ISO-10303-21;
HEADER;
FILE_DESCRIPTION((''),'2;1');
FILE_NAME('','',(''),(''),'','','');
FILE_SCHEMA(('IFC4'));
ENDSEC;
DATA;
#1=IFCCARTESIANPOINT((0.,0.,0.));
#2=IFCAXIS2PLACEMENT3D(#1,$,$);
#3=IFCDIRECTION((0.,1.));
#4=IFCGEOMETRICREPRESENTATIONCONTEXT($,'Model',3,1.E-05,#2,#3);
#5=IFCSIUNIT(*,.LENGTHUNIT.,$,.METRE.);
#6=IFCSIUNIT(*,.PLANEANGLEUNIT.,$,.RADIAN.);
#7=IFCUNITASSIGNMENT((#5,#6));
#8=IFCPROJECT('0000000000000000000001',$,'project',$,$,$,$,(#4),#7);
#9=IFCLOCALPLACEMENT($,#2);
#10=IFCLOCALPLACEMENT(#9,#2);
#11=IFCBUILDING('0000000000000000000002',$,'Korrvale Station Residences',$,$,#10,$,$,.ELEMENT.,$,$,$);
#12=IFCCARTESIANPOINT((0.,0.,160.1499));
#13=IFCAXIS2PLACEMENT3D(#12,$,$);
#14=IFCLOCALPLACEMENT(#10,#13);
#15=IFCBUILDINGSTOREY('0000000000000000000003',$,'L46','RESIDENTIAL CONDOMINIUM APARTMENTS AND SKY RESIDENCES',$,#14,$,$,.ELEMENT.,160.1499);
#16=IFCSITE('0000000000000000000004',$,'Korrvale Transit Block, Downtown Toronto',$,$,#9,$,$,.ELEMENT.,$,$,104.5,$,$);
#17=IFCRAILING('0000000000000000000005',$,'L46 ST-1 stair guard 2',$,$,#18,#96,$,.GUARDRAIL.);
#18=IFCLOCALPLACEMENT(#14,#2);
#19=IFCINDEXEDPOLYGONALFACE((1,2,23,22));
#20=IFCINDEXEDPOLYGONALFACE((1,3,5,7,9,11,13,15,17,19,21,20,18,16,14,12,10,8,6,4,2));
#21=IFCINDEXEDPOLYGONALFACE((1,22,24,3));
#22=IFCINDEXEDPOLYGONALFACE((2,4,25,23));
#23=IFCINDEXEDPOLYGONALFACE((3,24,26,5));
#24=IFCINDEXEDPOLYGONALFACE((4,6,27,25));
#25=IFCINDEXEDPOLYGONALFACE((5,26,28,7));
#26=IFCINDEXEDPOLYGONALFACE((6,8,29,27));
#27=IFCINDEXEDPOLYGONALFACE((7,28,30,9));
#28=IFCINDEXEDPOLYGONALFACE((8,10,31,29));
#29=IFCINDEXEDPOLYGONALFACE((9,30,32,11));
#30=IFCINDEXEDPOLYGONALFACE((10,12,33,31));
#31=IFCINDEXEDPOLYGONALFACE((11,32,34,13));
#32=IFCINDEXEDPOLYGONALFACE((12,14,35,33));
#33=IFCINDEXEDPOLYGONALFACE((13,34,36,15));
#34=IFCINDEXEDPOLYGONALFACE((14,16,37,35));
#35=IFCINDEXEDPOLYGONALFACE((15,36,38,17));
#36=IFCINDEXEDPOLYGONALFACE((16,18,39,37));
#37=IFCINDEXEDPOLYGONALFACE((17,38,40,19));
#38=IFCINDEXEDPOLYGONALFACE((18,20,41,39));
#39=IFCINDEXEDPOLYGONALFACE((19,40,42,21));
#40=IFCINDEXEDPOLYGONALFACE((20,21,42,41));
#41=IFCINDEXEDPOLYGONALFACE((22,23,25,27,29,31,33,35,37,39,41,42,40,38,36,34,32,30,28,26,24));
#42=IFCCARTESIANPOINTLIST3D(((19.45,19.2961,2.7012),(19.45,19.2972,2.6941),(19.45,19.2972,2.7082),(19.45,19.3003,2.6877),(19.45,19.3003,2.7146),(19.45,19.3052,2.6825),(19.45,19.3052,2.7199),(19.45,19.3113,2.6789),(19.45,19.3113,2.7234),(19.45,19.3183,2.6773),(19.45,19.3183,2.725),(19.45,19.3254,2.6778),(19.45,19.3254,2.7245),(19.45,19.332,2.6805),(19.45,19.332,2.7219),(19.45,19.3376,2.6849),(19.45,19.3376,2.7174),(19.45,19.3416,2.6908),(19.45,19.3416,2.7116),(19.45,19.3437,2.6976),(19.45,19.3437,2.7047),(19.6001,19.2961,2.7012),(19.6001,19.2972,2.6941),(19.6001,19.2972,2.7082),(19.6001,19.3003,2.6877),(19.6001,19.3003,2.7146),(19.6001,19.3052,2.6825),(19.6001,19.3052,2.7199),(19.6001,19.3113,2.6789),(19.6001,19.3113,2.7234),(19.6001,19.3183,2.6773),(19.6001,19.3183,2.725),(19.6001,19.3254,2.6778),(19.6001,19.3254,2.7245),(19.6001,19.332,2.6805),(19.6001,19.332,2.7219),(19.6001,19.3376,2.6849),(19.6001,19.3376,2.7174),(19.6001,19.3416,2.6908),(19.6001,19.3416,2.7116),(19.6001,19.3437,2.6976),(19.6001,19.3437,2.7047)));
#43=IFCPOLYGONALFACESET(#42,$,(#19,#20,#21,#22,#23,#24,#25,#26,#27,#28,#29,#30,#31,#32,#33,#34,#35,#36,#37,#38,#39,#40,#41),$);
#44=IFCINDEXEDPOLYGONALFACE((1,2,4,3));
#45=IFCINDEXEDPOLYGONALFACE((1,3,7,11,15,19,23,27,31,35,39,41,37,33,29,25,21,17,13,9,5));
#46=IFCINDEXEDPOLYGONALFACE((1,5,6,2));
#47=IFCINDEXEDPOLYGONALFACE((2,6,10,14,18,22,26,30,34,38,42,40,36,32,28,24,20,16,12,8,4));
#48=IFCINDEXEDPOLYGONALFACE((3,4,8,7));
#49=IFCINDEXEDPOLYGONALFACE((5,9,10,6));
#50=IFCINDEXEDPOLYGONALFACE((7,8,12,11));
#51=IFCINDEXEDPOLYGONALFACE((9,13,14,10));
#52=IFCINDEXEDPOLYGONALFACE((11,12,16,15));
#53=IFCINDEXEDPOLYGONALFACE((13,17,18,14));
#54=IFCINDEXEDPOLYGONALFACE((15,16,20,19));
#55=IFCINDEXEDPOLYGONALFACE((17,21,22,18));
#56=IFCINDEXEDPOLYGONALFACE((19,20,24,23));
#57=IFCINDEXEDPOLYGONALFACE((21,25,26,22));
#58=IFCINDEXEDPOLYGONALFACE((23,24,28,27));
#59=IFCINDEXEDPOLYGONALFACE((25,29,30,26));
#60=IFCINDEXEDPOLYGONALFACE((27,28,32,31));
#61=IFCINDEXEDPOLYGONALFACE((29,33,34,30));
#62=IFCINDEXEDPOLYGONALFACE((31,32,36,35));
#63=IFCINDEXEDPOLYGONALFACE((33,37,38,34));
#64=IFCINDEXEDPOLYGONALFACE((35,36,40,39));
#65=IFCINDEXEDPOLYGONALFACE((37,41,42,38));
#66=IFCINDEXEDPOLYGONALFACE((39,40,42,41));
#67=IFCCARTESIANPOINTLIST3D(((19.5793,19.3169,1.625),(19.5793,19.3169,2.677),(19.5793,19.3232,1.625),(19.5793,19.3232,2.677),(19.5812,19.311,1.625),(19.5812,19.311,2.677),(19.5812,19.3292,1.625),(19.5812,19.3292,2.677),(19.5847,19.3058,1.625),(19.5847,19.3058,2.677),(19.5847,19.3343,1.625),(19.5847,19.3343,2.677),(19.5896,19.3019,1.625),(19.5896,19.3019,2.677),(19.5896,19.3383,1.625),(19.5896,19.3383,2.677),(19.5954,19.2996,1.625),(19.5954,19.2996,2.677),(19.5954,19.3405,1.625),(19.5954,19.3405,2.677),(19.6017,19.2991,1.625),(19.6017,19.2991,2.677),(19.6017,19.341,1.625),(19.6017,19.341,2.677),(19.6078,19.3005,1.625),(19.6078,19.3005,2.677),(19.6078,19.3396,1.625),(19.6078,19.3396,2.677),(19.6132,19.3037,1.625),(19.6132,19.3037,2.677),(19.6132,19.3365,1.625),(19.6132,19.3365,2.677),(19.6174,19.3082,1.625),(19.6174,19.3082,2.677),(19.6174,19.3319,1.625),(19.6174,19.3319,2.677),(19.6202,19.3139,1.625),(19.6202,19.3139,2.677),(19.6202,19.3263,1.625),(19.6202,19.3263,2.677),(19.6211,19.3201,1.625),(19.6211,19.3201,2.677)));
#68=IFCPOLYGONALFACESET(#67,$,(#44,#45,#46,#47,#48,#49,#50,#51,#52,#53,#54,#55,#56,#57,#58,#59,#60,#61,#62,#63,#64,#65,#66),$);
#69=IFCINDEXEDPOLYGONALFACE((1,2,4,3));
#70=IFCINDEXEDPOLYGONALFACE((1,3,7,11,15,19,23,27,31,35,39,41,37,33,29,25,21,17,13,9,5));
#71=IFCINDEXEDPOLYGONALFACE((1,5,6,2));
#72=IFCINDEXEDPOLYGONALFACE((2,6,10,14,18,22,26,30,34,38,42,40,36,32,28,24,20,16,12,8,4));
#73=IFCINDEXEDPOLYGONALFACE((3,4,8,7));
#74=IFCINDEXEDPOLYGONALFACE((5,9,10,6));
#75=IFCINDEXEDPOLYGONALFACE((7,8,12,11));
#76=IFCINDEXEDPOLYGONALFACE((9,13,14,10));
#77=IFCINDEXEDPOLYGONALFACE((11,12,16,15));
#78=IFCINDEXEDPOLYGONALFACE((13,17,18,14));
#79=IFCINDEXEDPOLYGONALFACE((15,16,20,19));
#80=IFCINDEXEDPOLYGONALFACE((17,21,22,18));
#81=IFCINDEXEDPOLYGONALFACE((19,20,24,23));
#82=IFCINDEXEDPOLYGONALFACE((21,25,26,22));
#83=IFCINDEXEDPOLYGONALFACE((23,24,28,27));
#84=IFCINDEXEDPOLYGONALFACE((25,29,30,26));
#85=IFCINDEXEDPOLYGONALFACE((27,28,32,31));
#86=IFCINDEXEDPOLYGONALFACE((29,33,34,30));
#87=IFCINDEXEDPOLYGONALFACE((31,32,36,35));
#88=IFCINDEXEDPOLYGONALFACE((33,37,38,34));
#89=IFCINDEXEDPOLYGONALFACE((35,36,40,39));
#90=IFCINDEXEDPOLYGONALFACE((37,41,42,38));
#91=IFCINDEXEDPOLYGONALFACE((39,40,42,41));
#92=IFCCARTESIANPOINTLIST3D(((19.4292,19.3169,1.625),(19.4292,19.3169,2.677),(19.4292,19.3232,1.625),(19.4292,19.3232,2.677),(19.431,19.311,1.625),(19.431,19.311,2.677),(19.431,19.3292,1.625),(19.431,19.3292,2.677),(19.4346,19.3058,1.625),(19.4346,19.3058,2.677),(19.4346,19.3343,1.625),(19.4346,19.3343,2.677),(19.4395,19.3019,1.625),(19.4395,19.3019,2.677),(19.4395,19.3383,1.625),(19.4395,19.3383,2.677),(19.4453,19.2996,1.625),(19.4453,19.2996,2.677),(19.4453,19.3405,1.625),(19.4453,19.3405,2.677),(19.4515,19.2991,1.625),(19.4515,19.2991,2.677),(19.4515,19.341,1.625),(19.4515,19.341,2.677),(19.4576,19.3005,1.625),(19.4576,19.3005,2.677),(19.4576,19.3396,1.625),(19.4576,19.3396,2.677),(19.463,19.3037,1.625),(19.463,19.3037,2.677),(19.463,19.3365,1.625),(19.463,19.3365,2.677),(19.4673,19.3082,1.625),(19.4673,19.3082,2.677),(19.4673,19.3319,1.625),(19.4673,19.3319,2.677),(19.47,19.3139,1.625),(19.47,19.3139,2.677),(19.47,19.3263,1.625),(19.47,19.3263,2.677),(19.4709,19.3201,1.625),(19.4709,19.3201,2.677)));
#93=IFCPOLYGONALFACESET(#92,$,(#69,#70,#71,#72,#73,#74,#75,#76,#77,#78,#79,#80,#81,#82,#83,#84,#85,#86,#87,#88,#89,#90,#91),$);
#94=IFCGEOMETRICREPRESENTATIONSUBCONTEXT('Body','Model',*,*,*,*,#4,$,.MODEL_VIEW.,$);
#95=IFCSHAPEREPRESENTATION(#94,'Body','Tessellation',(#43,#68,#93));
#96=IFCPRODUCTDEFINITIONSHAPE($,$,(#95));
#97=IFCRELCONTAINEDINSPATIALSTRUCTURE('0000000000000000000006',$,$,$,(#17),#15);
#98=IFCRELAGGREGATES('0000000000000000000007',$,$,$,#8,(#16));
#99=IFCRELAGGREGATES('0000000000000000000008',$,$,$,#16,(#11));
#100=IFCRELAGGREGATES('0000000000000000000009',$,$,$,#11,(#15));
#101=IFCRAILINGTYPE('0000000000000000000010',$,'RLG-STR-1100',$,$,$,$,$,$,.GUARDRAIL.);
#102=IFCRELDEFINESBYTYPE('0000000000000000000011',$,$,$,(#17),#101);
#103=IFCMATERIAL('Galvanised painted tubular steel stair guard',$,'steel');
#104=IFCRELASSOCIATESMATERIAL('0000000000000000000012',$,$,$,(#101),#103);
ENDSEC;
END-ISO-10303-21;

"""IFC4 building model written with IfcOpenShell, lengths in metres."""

from ifc_helpers import new_model, si_unit, direction, frame, origin, origin_2d, place, context, subcontext, project, spatial, circle, extrude, material, type_object, element, save


model = new_model("IFC4")

# Units and contexts
model_context = context("Model", 3, precision=1e-05, world=origin(), true_north=direction((0.0, 1.0)))
body_context = subcontext(model_context, "Body", "Model", "MODEL_VIEW")
ifc_project = project(units=[si_unit("LENGTHUNIT", "METRE"), si_unit("PLANEANGLEUNIT", "RADIAN")], contexts=[model_context])

# Site, building, storey
site_placement = place(None, origin())
site = spatial("IfcSite", under=ifc_project, at=site_placement, Name="Korrvale Transit Block, Downtown Toronto", CompositionType="ELEMENT", RefElevation=104.5)
building_placement = place(site_placement, origin())
building = spatial("IfcBuilding", under=site, at=building_placement, Name="Korrvale Station Residences", CompositionType="ELEMENT")
storey_placement = place(building_placement, frame((0.0, 0.0, 160.1499)))
storey = spatial("IfcBuildingStorey", under=building, at=storey_placement, Name="L46", Description="RESIDENTIAL CONDOMINIUM APARTMENTS AND SKY RESIDENCES", CompositionType="ELEMENT", Elevation=160.1499)

# Railing
ifc_material_1 = material(Name="Galvanised painted tubular steel stair guard", Category="steel")
railing_type_1 = type_object("IfcRailingType", Name="RLG-STR-1100", PredefinedType="GUARDRAIL", material=ifc_material_1)
railing_1_placement = place(storey_placement, frame((19.6001, 19.3201, 1.625)))
element("IfcRailing", 1, at=railing_1_placement, inside=storey, type_object=railing_type_1, Name="L46 ST-1 stair guard 2", PredefinedType="GUARDRAIL", context=body_context, shape_type="SweptSolid", body=[
    extrude(circle(Radius=0.0239, at=origin_2d()), frame((0.0, 0.0, 1.0762), z_axis=(-1.0, 0.0, 0.0), x_axis=(0.0, -1.0, 0.0)), (0.0, 0.0, 1.0), 0.1501),
    extrude(circle(Radius=0.021, at=origin_2d()), origin(), (0.0, 0.0, 1.0), 1.052),
    extrude(circle(Radius=0.021, at=origin_2d()), frame((-0.1501, 0.0, 0.0)), (0.0, 0.0, 1.0), 1.052),
])

save(model, "model.ifc")
